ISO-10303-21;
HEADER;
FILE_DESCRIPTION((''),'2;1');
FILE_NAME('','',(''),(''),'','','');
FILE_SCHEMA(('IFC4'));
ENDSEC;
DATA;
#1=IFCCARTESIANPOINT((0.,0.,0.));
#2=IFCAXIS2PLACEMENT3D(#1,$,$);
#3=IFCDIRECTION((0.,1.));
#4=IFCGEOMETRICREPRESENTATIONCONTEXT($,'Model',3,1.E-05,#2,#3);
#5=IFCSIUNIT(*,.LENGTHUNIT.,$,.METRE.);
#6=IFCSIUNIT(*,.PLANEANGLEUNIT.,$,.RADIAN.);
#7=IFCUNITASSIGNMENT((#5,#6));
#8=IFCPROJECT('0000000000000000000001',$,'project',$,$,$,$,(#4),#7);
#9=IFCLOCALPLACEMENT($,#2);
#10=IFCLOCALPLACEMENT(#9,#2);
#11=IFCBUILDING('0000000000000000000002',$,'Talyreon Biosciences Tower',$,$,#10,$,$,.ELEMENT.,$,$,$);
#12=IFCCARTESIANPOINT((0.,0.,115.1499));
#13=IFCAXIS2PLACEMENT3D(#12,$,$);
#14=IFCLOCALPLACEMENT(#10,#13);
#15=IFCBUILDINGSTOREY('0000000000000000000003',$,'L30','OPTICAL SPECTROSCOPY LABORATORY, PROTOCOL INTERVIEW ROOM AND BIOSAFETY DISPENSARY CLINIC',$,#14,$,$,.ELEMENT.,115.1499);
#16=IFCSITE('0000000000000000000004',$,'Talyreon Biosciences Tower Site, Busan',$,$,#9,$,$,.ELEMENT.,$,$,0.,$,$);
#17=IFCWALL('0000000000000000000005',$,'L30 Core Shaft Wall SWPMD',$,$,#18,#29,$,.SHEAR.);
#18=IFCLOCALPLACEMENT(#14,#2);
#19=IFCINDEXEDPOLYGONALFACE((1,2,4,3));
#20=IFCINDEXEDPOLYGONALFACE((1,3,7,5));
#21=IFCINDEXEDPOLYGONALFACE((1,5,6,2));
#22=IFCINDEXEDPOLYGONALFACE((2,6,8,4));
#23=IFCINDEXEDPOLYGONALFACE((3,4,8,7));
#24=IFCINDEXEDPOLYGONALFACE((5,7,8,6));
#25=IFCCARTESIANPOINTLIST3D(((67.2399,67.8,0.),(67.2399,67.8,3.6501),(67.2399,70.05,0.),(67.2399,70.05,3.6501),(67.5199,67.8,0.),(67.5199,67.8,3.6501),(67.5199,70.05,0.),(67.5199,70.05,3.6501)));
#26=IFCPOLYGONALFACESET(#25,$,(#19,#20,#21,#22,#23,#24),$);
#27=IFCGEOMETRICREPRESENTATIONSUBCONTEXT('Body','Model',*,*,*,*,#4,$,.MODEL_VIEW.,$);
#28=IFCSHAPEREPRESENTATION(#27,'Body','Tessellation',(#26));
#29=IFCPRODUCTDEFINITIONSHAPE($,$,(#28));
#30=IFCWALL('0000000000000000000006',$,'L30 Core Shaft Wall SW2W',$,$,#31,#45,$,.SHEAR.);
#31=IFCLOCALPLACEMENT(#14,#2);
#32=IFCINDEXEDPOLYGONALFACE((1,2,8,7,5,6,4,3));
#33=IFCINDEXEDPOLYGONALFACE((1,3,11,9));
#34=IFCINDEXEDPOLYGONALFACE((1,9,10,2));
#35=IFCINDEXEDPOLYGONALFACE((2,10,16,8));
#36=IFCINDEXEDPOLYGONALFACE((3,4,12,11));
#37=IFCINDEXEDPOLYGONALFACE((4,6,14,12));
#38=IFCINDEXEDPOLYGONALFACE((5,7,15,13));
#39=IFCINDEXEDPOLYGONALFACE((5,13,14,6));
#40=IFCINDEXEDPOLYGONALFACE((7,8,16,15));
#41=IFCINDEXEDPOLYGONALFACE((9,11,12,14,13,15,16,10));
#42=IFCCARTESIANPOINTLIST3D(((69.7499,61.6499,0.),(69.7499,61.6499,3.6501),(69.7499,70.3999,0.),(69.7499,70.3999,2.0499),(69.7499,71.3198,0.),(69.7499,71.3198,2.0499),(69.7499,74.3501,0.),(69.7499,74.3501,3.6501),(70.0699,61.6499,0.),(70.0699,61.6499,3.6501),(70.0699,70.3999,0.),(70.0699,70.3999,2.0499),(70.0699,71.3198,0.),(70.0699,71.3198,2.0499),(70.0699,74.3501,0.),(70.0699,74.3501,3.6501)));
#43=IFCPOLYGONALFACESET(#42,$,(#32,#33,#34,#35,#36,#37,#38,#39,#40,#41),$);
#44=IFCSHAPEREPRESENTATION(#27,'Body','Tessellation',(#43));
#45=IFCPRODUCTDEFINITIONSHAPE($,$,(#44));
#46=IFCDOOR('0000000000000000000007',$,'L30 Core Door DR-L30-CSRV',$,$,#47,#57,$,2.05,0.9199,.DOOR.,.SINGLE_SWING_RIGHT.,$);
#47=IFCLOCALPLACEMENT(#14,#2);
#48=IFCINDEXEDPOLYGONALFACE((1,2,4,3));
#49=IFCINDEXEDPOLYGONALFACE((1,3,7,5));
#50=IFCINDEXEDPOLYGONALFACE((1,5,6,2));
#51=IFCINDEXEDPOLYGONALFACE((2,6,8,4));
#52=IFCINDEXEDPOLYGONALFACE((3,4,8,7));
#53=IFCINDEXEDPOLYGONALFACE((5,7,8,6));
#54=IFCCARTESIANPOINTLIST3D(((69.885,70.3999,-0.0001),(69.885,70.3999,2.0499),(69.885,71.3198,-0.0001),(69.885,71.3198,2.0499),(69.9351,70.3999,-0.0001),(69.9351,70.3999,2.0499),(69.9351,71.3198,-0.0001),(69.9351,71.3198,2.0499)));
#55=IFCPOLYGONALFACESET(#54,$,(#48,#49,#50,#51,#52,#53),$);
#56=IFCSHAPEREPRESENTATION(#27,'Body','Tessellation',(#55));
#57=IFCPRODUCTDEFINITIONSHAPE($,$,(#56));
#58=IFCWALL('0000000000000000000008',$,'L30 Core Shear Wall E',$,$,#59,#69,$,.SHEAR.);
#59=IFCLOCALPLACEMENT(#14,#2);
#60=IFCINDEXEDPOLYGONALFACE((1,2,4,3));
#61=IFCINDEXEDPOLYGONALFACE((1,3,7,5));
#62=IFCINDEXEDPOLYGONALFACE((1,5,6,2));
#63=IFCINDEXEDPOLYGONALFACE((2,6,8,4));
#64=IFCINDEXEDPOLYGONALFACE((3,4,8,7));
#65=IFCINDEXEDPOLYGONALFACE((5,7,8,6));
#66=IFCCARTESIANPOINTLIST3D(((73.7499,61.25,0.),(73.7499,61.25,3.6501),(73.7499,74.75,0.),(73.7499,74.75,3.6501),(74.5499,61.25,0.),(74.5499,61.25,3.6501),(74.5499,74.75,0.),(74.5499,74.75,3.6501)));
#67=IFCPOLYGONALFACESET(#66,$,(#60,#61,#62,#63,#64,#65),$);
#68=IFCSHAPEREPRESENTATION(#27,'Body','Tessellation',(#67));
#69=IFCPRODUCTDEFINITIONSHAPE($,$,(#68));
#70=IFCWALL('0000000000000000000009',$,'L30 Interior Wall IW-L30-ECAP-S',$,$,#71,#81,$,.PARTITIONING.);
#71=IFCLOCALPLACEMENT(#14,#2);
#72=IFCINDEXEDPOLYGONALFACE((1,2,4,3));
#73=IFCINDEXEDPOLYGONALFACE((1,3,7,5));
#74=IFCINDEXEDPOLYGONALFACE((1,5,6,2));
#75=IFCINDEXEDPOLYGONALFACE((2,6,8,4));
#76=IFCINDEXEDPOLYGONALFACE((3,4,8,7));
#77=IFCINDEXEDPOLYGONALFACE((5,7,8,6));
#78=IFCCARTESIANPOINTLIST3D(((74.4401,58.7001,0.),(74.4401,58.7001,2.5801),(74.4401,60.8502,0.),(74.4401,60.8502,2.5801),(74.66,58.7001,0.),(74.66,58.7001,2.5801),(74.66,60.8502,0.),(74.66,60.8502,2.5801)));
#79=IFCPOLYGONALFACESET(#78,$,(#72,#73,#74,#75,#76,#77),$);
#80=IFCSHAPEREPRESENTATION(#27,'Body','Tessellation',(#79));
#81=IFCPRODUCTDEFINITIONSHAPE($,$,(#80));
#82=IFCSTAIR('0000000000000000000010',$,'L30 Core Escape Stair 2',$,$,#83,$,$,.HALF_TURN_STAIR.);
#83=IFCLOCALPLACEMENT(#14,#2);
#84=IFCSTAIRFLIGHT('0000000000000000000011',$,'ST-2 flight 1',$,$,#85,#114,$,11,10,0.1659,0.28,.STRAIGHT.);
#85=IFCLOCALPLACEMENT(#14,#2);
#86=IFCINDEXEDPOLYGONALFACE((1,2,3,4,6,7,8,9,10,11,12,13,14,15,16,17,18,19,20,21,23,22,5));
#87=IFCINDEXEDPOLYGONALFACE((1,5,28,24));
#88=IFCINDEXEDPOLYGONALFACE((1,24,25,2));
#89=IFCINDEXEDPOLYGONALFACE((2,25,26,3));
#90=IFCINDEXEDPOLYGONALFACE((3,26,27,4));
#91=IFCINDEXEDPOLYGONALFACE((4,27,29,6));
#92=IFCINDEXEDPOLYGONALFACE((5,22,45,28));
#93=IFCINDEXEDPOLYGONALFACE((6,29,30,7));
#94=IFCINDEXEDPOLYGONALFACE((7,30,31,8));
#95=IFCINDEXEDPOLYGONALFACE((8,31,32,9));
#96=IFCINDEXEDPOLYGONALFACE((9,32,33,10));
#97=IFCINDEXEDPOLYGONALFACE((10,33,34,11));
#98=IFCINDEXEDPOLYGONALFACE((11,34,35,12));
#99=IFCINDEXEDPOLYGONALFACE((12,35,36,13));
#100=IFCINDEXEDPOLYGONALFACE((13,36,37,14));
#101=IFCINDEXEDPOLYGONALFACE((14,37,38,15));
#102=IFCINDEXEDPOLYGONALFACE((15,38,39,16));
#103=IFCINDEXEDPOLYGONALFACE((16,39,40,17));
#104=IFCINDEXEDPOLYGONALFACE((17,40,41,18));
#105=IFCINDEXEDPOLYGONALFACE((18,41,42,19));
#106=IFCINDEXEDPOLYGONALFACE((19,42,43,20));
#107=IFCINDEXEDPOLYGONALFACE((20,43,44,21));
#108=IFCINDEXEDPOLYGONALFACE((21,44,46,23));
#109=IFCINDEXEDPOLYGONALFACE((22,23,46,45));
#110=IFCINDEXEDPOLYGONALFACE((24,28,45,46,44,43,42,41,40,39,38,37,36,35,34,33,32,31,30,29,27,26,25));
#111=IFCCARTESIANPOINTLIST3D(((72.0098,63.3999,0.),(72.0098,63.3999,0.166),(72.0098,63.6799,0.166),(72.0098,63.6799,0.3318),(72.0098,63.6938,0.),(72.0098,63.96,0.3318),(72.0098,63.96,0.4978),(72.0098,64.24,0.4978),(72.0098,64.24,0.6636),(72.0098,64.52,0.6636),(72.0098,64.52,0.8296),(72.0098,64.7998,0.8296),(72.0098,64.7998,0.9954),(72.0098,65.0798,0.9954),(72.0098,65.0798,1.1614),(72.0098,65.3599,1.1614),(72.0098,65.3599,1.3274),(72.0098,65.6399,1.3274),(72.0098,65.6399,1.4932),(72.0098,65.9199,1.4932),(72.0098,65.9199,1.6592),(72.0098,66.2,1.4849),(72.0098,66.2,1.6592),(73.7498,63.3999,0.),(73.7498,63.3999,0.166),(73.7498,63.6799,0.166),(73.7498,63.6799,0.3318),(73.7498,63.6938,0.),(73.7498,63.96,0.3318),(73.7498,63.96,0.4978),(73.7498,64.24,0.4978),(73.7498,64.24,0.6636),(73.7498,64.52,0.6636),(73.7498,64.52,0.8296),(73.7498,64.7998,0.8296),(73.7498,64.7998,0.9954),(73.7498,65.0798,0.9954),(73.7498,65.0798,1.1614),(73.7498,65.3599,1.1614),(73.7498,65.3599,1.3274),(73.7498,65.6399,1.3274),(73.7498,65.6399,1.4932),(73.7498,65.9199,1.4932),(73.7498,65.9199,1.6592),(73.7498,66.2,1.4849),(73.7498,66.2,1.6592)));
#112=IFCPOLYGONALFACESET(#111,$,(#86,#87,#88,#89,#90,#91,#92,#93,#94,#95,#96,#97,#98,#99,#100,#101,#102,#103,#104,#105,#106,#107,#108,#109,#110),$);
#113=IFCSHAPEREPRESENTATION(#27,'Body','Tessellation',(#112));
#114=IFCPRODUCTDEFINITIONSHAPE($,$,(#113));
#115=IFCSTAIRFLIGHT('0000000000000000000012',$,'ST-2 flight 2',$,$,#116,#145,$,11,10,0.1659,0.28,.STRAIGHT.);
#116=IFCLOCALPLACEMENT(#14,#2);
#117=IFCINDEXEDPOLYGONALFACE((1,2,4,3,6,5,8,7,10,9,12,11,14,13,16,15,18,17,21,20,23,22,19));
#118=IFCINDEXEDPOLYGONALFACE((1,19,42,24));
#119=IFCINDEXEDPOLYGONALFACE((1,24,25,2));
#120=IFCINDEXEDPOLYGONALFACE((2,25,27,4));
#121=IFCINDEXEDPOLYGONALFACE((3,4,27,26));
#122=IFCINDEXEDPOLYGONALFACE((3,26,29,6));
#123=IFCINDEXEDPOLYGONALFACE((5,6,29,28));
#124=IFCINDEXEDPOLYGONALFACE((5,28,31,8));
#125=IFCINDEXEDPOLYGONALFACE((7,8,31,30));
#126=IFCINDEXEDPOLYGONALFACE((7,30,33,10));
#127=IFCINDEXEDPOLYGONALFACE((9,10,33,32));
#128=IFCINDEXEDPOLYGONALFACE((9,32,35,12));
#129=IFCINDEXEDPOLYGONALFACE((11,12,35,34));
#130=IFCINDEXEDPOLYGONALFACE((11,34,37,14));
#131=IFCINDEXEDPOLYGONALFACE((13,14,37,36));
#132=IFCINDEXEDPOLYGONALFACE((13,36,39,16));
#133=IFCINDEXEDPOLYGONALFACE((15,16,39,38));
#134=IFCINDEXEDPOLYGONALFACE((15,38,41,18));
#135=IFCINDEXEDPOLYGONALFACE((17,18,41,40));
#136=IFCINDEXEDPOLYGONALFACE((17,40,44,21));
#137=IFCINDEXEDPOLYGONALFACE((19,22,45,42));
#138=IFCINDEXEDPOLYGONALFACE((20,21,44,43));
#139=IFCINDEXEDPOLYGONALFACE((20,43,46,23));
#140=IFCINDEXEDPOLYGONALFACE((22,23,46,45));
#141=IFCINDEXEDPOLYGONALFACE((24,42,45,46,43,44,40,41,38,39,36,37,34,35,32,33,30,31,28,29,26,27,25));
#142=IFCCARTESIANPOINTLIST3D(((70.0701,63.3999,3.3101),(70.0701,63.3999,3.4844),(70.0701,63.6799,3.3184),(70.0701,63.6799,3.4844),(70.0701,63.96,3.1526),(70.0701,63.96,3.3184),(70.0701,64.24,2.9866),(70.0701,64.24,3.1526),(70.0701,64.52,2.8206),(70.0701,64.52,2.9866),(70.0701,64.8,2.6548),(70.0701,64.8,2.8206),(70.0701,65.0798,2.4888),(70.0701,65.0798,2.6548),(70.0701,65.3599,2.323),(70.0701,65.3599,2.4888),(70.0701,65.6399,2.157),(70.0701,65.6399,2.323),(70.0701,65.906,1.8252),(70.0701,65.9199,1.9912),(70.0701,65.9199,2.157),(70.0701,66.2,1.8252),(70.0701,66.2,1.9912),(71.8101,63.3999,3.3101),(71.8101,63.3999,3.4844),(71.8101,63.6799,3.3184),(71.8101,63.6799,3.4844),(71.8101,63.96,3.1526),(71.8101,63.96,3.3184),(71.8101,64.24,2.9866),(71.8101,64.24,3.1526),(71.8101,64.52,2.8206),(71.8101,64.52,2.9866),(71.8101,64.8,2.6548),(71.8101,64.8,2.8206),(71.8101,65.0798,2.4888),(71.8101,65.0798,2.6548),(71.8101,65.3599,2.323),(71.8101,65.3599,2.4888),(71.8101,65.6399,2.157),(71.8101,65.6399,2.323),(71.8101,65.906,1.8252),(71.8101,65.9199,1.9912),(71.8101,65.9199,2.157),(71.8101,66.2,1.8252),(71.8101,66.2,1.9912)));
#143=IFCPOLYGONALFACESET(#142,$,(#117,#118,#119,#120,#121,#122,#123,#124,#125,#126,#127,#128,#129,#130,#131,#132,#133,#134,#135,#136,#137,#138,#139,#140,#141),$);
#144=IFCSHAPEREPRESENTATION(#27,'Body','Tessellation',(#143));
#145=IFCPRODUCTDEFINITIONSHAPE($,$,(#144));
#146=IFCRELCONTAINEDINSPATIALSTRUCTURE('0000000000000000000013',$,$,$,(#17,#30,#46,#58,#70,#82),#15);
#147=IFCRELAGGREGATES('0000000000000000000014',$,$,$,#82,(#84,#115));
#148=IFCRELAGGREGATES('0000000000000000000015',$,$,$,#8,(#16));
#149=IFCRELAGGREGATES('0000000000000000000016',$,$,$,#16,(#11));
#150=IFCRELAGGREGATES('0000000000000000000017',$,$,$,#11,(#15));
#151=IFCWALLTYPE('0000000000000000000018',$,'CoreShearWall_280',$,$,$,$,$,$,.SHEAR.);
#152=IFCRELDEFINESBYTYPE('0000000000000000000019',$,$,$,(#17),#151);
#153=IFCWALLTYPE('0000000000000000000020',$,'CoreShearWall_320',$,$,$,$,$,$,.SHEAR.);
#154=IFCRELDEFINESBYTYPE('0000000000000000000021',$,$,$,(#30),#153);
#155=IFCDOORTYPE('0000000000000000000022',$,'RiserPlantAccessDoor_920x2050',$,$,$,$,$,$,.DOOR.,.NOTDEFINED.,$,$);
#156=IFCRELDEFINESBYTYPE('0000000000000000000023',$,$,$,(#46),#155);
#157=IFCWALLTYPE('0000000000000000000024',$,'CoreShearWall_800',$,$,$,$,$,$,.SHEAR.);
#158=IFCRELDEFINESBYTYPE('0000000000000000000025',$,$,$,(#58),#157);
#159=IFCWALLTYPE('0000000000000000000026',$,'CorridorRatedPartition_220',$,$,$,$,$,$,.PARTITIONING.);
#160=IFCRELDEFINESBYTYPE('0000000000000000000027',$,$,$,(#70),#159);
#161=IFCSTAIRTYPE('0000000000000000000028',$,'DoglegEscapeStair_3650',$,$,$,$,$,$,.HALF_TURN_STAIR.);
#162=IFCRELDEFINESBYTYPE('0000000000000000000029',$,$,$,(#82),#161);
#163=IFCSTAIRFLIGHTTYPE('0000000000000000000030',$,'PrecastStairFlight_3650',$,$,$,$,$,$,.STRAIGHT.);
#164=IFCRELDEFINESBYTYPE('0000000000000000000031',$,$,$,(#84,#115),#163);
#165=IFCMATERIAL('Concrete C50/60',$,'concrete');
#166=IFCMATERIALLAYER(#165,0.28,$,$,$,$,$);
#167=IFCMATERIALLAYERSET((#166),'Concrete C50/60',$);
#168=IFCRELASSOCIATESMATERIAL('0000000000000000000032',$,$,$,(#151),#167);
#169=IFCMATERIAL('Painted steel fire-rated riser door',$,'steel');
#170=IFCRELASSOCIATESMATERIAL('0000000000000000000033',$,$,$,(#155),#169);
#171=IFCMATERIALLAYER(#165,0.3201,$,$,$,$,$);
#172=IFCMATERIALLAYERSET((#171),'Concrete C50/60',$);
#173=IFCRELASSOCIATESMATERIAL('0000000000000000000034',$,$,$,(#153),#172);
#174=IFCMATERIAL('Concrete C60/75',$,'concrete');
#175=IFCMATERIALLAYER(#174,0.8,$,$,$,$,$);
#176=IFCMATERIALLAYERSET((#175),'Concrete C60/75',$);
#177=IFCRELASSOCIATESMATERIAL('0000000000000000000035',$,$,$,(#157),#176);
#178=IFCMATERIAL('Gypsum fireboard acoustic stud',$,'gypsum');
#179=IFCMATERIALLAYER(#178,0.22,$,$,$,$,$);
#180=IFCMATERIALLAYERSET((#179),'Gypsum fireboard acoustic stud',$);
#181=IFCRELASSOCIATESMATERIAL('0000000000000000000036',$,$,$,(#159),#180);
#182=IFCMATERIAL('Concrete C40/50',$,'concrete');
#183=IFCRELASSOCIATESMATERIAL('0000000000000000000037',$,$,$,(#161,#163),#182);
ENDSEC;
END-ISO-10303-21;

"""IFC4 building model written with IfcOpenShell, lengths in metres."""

from ifc_helpers import new_model, si_unit, direction, frame, frame_2d, origin, place, context, subcontext, project, spatial, polyline, rectangle, outline, extrude, material, layer, layer_set, type_object, element, fill, aggregate, save


model = new_model("IFC4")

# Units and contexts
model_context = context("Model", 3, precision=1e-05, world=origin(), true_north=direction((0.0, 1.0)))
body_context = subcontext(model_context, "Body", "Model", "MODEL_VIEW")
ifc_project = project(units=[si_unit("LENGTHUNIT", "METRE"), si_unit("PLANEANGLEUNIT", "RADIAN")], contexts=[model_context])

# Site, building, storey
site_placement = place(None, origin())
site = spatial("IfcSite", under=ifc_project, at=site_placement, Name="Talyreon Biosciences Tower Site, Busan", CompositionType="ELEMENT", RefElevation=0.0)
building_placement = place(site_placement, origin())
building = spatial("IfcBuilding", under=site, at=building_placement, Name="Talyreon Biosciences Tower", CompositionType="ELEMENT")
storey_placement = place(building_placement, frame((0.0, 0.0, 115.1499)))
storey = spatial("IfcBuildingStorey", under=building, at=storey_placement, Name="L30", Description="OPTICAL SPECTROSCOPY LABORATORY, PROTOCOL INTERVIEW ROOM AND BIOSAFETY DISPENSARY CLINIC", CompositionType="ELEMENT", Elevation=115.1499)

# Shared definitions
ifc_material_1 = material(Name="Concrete C60/75", Category="concrete")
ifc_material_2 = material(Name="Concrete C50/60", Category="concrete")

# Shared definitions
ifc_layer_1 = layer(ifc_material_2, 0.28)
ifc_layer_set_1 = layer_set([ifc_layer_1], Name="Concrete C50/60")
wall_type_1 = type_object("IfcWallType", Name="CoreShearWall_280", PredefinedType="SHEAR", material=ifc_layer_set_1)

# Shared definitions
ifc_material_3 = material(Name="Painted steel fire-rated riser door", Category="steel")
door_type = type_object("IfcDoorType", Name="RiserPlantAccessDoor_920x2050", OperationType="NOTDEFINED", PredefinedType="DOOR", material=ifc_material_3)

# Wall
wall_1_placement = place(storey_placement, frame((67.3799, 67.8, 0.0), z_axis=(0.0, 0.0, 1.0), x_axis=(0.0, 1.0, 0.0)))
element("IfcWall", 1, at=wall_1_placement, inside=storey, type_object=wall_type_1, Name="L30 Core Shaft Wall SWPMD", PredefinedType="SHEAR", context=body_context, shape_type="SweptSolid", body=[
    extrude(rectangle(XDim=2.25, YDim=0.28, at=frame_2d((1.125, 0.0))), origin(), (0.0, 0.0, 1.0), 3.6501),
])

# Wall, opening, door
ifc_layer_2 = layer(ifc_material_2, 0.3201)
ifc_layer_set_2 = layer_set([ifc_layer_2], Name="Concrete C50/60")
wall_type_2 = type_object("IfcWallType", Name="CoreShearWall_320", PredefinedType="SHEAR", material=ifc_layer_set_2)
wall_2_placement = place(storey_placement, frame((69.9099, 61.6499, 0.0), z_axis=(0.0, 0.0, 1.0), x_axis=(0.0, 1.0, 0.0)))
wall_2 = element("IfcWall", 2, at=wall_2_placement, inside=storey, type_object=wall_type_2, Name="L30 Core Shaft Wall SW2W", PredefinedType="SHEAR", context=body_context, shape_type="SweptSolid", body=[
    extrude(rectangle(XDim=12.7002, YDim=0.3201, at=frame_2d((6.3501, 0.0))), origin(), (0.0, 0.0, 1.0), 3.6501),
])
opening_1_placement = place(wall_2_placement, frame((8.75, 0.0, 0.0)))
opening_1 = element("IfcOpeningElement", 3, at=opening_1_placement, cuts=wall_2, PredefinedType="OPENING", context=body_context, shape_type="SweptSolid", body=[
    extrude(rectangle(XDim=0.9199, YDim=2.05, at=frame_2d((0.46, 1.0249))), frame((0.0, 0.1699, 0.0), z_axis=(0.0, -1.0, 0.0), x_axis=(1.0, 0.0, 0.0)), (0.0, 0.0, 1.0), 0.3401),
])
door_1_placement = place(opening_1_placement, origin())
door_1 = element("IfcDoor", 4, at=door_1_placement, inside=storey, type_object=door_type, Name="L30 Core Door DR-L30-CSRV", OperationType="SINGLE_SWING_RIGHT", OverallHeight=2.05, OverallWidth=0.9199, PredefinedType="DOOR", context=body_context, shape_type="SweptSolid", body=[
    extrude(rectangle(XDim=0.9199, YDim=2.05, at=frame_2d((0.46, 1.0249))), frame((0.0, 0.0249, 0.0), z_axis=(0.0, -1.0, 0.0), x_axis=(1.0, 0.0, 0.0)), (0.0, 0.0, 1.0), 0.05),
])
fill(opening_1, door_1)

# Walls
ifc_layer_3 = layer(ifc_material_1, 0.8)
ifc_layer_set_3 = layer_set([ifc_layer_3], Name="Concrete C60/75")
wall_type_3 = type_object("IfcWallType", Name="CoreShearWall_800", PredefinedType="SHEAR", material=ifc_layer_set_3)
wall_3_placement = place(storey_placement, frame((74.1499, 61.25, 0.0), z_axis=(0.0, 0.0, 1.0), x_axis=(0.0, 1.0, 0.0)))
element("IfcWall", 5, at=wall_3_placement, inside=storey, type_object=wall_type_3, Name="L30 Core Shear Wall E", PredefinedType="SHEAR", context=body_context, shape_type="SweptSolid", body=[
    extrude(rectangle(XDim=13.5, YDim=0.8, at=frame_2d((6.75, 0.0))), origin(), (0.0, 0.0, 1.0), 3.6501),
])
ifc_material_4 = material(Name="Gypsum fireboard acoustic stud", Category="gypsum")
ifc_layer_4 = layer(ifc_material_4, 0.22)
ifc_layer_set_4 = layer_set([ifc_layer_4], Name="Gypsum fireboard acoustic stud")
wall_type_4 = type_object("IfcWallType", Name="CorridorRatedPartition_220", PredefinedType="PARTITIONING", material=ifc_layer_set_4)
wall_4_placement = place(storey_placement, frame((74.55, 58.7, 0.0), z_axis=(0.0, 0.0, 1.0), x_axis=(0.0, 1.0, 0.0)))
element("IfcWall", 6, at=wall_4_placement, inside=storey, type_object=wall_type_4, Name="L30 Interior Wall IW-L30-ECAP-S", PredefinedType="PARTITIONING", context=body_context, shape_type="SweptSolid", body=[
    extrude(rectangle(XDim=2.1501, YDim=0.22, at=frame_2d((1.0752, 0.0))), origin(), (0.0, 0.0, 1.0), 2.5801),
])

# Stair, stair flights
ifc_material_5 = material(Name="Concrete C40/50", Category="concrete")
stair_type = type_object("IfcStairType", Name="DoglegEscapeStair_3650", PredefinedType="HALF_TURN_STAIR", material=ifc_material_5)
stair_placement = place(storey_placement, origin())
stair = element("IfcStair", 7, at=stair_placement, inside=storey, type_object=stair_type, Name="L30 Core Escape Stair 2", PredefinedType="HALF_TURN_STAIR")
stair_flight_type = type_object("IfcStairFlightType", Name="PrecastStairFlight_3650", PredefinedType="STRAIGHT", material=ifc_material_5)
stair_flight_1_placement = place(storey_placement, frame((72.8799, 63.3999, 0.0), z_axis=(0.0, 0.0, 1.0), x_axis=(0.0, 1.0, 0.0)))
stair_flight_1 = element("IfcStairFlight", 8, at=stair_flight_1_placement, type_object=stair_flight_type, Name="ST-2 flight 1", NumberOfRisers=11, NumberOfTreads=10, PredefinedType="STRAIGHT", RiserHeight=0.1659, TreadLength=0.28, context=body_context, shape_type="SweptSolid", body=[
    extrude(outline(polyline([(0.0, 0.0), (0.0, 0.166), (0.28, 0.166), (0.28, 0.3318), (0.5601, 0.3318), (0.5601, 0.4978), (0.8401, 0.4978), (0.8401, 0.6636), (1.1201, 0.6636), (1.1201, 0.8296), (1.3999, 0.8296), (1.3999, 0.9954), (1.6799, 0.9954), (1.6799, 1.1614), (1.96, 1.1614), (1.96, 1.3274), (2.24, 1.3274), (2.24, 1.4932), (2.52, 1.4932), (2.52, 1.6592), (2.8, 1.6592), (2.8, 1.825), (2.8, 1.4849), (0.2939, 0.0), (0.0, 0.0)])), frame((0.0, 0.8701, 0.0), z_axis=(0.0, -1.0, 0.0), x_axis=(1.0, 0.0, 0.0)), (0.0, 0.0, 1.0), 1.74),
])
stair_flight_2_placement = place(storey_placement, frame((70.9399, 66.2, 1.8252), z_axis=(0.0, 0.0, 1.0), x_axis=(0.0, -1.0, 0.0)))
stair_flight_2 = element("IfcStairFlight", 9, at=stair_flight_2_placement, type_object=stair_flight_type, Name="ST-2 flight 2", NumberOfRisers=11, NumberOfTreads=10, PredefinedType="STRAIGHT", RiserHeight=0.1659, TreadLength=0.28, context=body_context, shape_type="SweptSolid", body=[
    extrude(outline(polyline([(0.0, 0.0), (0.0, 0.166), (0.28, 0.166), (0.28, 0.3318), (0.5601, 0.3318), (0.5601, 0.4978), (0.8401, 0.4978), (0.8401, 0.6636), (1.1201, 0.6636), (1.1201, 0.8296), (1.3999, 0.8296), (1.3999, 0.9954), (1.6799, 0.9954), (1.6799, 1.1614), (1.96, 1.1614), (1.96, 1.3274), (2.24, 1.3274), (2.24, 1.4932), (2.52, 1.4932), (2.52, 1.6592), (2.8, 1.6592), (2.8, 1.825), (2.8, 1.4849), (0.2939, 0.0), (0.0, 0.0)])), frame((0.0, 0.8701, 0.0), z_axis=(0.0, -1.0, 0.0), x_axis=(1.0, 0.0, 0.0)), (0.0, 0.0, 1.0), 1.74),
])
aggregate(stair, [stair_flight_1, stair_flight_2])

save(model, "model.ifc")
